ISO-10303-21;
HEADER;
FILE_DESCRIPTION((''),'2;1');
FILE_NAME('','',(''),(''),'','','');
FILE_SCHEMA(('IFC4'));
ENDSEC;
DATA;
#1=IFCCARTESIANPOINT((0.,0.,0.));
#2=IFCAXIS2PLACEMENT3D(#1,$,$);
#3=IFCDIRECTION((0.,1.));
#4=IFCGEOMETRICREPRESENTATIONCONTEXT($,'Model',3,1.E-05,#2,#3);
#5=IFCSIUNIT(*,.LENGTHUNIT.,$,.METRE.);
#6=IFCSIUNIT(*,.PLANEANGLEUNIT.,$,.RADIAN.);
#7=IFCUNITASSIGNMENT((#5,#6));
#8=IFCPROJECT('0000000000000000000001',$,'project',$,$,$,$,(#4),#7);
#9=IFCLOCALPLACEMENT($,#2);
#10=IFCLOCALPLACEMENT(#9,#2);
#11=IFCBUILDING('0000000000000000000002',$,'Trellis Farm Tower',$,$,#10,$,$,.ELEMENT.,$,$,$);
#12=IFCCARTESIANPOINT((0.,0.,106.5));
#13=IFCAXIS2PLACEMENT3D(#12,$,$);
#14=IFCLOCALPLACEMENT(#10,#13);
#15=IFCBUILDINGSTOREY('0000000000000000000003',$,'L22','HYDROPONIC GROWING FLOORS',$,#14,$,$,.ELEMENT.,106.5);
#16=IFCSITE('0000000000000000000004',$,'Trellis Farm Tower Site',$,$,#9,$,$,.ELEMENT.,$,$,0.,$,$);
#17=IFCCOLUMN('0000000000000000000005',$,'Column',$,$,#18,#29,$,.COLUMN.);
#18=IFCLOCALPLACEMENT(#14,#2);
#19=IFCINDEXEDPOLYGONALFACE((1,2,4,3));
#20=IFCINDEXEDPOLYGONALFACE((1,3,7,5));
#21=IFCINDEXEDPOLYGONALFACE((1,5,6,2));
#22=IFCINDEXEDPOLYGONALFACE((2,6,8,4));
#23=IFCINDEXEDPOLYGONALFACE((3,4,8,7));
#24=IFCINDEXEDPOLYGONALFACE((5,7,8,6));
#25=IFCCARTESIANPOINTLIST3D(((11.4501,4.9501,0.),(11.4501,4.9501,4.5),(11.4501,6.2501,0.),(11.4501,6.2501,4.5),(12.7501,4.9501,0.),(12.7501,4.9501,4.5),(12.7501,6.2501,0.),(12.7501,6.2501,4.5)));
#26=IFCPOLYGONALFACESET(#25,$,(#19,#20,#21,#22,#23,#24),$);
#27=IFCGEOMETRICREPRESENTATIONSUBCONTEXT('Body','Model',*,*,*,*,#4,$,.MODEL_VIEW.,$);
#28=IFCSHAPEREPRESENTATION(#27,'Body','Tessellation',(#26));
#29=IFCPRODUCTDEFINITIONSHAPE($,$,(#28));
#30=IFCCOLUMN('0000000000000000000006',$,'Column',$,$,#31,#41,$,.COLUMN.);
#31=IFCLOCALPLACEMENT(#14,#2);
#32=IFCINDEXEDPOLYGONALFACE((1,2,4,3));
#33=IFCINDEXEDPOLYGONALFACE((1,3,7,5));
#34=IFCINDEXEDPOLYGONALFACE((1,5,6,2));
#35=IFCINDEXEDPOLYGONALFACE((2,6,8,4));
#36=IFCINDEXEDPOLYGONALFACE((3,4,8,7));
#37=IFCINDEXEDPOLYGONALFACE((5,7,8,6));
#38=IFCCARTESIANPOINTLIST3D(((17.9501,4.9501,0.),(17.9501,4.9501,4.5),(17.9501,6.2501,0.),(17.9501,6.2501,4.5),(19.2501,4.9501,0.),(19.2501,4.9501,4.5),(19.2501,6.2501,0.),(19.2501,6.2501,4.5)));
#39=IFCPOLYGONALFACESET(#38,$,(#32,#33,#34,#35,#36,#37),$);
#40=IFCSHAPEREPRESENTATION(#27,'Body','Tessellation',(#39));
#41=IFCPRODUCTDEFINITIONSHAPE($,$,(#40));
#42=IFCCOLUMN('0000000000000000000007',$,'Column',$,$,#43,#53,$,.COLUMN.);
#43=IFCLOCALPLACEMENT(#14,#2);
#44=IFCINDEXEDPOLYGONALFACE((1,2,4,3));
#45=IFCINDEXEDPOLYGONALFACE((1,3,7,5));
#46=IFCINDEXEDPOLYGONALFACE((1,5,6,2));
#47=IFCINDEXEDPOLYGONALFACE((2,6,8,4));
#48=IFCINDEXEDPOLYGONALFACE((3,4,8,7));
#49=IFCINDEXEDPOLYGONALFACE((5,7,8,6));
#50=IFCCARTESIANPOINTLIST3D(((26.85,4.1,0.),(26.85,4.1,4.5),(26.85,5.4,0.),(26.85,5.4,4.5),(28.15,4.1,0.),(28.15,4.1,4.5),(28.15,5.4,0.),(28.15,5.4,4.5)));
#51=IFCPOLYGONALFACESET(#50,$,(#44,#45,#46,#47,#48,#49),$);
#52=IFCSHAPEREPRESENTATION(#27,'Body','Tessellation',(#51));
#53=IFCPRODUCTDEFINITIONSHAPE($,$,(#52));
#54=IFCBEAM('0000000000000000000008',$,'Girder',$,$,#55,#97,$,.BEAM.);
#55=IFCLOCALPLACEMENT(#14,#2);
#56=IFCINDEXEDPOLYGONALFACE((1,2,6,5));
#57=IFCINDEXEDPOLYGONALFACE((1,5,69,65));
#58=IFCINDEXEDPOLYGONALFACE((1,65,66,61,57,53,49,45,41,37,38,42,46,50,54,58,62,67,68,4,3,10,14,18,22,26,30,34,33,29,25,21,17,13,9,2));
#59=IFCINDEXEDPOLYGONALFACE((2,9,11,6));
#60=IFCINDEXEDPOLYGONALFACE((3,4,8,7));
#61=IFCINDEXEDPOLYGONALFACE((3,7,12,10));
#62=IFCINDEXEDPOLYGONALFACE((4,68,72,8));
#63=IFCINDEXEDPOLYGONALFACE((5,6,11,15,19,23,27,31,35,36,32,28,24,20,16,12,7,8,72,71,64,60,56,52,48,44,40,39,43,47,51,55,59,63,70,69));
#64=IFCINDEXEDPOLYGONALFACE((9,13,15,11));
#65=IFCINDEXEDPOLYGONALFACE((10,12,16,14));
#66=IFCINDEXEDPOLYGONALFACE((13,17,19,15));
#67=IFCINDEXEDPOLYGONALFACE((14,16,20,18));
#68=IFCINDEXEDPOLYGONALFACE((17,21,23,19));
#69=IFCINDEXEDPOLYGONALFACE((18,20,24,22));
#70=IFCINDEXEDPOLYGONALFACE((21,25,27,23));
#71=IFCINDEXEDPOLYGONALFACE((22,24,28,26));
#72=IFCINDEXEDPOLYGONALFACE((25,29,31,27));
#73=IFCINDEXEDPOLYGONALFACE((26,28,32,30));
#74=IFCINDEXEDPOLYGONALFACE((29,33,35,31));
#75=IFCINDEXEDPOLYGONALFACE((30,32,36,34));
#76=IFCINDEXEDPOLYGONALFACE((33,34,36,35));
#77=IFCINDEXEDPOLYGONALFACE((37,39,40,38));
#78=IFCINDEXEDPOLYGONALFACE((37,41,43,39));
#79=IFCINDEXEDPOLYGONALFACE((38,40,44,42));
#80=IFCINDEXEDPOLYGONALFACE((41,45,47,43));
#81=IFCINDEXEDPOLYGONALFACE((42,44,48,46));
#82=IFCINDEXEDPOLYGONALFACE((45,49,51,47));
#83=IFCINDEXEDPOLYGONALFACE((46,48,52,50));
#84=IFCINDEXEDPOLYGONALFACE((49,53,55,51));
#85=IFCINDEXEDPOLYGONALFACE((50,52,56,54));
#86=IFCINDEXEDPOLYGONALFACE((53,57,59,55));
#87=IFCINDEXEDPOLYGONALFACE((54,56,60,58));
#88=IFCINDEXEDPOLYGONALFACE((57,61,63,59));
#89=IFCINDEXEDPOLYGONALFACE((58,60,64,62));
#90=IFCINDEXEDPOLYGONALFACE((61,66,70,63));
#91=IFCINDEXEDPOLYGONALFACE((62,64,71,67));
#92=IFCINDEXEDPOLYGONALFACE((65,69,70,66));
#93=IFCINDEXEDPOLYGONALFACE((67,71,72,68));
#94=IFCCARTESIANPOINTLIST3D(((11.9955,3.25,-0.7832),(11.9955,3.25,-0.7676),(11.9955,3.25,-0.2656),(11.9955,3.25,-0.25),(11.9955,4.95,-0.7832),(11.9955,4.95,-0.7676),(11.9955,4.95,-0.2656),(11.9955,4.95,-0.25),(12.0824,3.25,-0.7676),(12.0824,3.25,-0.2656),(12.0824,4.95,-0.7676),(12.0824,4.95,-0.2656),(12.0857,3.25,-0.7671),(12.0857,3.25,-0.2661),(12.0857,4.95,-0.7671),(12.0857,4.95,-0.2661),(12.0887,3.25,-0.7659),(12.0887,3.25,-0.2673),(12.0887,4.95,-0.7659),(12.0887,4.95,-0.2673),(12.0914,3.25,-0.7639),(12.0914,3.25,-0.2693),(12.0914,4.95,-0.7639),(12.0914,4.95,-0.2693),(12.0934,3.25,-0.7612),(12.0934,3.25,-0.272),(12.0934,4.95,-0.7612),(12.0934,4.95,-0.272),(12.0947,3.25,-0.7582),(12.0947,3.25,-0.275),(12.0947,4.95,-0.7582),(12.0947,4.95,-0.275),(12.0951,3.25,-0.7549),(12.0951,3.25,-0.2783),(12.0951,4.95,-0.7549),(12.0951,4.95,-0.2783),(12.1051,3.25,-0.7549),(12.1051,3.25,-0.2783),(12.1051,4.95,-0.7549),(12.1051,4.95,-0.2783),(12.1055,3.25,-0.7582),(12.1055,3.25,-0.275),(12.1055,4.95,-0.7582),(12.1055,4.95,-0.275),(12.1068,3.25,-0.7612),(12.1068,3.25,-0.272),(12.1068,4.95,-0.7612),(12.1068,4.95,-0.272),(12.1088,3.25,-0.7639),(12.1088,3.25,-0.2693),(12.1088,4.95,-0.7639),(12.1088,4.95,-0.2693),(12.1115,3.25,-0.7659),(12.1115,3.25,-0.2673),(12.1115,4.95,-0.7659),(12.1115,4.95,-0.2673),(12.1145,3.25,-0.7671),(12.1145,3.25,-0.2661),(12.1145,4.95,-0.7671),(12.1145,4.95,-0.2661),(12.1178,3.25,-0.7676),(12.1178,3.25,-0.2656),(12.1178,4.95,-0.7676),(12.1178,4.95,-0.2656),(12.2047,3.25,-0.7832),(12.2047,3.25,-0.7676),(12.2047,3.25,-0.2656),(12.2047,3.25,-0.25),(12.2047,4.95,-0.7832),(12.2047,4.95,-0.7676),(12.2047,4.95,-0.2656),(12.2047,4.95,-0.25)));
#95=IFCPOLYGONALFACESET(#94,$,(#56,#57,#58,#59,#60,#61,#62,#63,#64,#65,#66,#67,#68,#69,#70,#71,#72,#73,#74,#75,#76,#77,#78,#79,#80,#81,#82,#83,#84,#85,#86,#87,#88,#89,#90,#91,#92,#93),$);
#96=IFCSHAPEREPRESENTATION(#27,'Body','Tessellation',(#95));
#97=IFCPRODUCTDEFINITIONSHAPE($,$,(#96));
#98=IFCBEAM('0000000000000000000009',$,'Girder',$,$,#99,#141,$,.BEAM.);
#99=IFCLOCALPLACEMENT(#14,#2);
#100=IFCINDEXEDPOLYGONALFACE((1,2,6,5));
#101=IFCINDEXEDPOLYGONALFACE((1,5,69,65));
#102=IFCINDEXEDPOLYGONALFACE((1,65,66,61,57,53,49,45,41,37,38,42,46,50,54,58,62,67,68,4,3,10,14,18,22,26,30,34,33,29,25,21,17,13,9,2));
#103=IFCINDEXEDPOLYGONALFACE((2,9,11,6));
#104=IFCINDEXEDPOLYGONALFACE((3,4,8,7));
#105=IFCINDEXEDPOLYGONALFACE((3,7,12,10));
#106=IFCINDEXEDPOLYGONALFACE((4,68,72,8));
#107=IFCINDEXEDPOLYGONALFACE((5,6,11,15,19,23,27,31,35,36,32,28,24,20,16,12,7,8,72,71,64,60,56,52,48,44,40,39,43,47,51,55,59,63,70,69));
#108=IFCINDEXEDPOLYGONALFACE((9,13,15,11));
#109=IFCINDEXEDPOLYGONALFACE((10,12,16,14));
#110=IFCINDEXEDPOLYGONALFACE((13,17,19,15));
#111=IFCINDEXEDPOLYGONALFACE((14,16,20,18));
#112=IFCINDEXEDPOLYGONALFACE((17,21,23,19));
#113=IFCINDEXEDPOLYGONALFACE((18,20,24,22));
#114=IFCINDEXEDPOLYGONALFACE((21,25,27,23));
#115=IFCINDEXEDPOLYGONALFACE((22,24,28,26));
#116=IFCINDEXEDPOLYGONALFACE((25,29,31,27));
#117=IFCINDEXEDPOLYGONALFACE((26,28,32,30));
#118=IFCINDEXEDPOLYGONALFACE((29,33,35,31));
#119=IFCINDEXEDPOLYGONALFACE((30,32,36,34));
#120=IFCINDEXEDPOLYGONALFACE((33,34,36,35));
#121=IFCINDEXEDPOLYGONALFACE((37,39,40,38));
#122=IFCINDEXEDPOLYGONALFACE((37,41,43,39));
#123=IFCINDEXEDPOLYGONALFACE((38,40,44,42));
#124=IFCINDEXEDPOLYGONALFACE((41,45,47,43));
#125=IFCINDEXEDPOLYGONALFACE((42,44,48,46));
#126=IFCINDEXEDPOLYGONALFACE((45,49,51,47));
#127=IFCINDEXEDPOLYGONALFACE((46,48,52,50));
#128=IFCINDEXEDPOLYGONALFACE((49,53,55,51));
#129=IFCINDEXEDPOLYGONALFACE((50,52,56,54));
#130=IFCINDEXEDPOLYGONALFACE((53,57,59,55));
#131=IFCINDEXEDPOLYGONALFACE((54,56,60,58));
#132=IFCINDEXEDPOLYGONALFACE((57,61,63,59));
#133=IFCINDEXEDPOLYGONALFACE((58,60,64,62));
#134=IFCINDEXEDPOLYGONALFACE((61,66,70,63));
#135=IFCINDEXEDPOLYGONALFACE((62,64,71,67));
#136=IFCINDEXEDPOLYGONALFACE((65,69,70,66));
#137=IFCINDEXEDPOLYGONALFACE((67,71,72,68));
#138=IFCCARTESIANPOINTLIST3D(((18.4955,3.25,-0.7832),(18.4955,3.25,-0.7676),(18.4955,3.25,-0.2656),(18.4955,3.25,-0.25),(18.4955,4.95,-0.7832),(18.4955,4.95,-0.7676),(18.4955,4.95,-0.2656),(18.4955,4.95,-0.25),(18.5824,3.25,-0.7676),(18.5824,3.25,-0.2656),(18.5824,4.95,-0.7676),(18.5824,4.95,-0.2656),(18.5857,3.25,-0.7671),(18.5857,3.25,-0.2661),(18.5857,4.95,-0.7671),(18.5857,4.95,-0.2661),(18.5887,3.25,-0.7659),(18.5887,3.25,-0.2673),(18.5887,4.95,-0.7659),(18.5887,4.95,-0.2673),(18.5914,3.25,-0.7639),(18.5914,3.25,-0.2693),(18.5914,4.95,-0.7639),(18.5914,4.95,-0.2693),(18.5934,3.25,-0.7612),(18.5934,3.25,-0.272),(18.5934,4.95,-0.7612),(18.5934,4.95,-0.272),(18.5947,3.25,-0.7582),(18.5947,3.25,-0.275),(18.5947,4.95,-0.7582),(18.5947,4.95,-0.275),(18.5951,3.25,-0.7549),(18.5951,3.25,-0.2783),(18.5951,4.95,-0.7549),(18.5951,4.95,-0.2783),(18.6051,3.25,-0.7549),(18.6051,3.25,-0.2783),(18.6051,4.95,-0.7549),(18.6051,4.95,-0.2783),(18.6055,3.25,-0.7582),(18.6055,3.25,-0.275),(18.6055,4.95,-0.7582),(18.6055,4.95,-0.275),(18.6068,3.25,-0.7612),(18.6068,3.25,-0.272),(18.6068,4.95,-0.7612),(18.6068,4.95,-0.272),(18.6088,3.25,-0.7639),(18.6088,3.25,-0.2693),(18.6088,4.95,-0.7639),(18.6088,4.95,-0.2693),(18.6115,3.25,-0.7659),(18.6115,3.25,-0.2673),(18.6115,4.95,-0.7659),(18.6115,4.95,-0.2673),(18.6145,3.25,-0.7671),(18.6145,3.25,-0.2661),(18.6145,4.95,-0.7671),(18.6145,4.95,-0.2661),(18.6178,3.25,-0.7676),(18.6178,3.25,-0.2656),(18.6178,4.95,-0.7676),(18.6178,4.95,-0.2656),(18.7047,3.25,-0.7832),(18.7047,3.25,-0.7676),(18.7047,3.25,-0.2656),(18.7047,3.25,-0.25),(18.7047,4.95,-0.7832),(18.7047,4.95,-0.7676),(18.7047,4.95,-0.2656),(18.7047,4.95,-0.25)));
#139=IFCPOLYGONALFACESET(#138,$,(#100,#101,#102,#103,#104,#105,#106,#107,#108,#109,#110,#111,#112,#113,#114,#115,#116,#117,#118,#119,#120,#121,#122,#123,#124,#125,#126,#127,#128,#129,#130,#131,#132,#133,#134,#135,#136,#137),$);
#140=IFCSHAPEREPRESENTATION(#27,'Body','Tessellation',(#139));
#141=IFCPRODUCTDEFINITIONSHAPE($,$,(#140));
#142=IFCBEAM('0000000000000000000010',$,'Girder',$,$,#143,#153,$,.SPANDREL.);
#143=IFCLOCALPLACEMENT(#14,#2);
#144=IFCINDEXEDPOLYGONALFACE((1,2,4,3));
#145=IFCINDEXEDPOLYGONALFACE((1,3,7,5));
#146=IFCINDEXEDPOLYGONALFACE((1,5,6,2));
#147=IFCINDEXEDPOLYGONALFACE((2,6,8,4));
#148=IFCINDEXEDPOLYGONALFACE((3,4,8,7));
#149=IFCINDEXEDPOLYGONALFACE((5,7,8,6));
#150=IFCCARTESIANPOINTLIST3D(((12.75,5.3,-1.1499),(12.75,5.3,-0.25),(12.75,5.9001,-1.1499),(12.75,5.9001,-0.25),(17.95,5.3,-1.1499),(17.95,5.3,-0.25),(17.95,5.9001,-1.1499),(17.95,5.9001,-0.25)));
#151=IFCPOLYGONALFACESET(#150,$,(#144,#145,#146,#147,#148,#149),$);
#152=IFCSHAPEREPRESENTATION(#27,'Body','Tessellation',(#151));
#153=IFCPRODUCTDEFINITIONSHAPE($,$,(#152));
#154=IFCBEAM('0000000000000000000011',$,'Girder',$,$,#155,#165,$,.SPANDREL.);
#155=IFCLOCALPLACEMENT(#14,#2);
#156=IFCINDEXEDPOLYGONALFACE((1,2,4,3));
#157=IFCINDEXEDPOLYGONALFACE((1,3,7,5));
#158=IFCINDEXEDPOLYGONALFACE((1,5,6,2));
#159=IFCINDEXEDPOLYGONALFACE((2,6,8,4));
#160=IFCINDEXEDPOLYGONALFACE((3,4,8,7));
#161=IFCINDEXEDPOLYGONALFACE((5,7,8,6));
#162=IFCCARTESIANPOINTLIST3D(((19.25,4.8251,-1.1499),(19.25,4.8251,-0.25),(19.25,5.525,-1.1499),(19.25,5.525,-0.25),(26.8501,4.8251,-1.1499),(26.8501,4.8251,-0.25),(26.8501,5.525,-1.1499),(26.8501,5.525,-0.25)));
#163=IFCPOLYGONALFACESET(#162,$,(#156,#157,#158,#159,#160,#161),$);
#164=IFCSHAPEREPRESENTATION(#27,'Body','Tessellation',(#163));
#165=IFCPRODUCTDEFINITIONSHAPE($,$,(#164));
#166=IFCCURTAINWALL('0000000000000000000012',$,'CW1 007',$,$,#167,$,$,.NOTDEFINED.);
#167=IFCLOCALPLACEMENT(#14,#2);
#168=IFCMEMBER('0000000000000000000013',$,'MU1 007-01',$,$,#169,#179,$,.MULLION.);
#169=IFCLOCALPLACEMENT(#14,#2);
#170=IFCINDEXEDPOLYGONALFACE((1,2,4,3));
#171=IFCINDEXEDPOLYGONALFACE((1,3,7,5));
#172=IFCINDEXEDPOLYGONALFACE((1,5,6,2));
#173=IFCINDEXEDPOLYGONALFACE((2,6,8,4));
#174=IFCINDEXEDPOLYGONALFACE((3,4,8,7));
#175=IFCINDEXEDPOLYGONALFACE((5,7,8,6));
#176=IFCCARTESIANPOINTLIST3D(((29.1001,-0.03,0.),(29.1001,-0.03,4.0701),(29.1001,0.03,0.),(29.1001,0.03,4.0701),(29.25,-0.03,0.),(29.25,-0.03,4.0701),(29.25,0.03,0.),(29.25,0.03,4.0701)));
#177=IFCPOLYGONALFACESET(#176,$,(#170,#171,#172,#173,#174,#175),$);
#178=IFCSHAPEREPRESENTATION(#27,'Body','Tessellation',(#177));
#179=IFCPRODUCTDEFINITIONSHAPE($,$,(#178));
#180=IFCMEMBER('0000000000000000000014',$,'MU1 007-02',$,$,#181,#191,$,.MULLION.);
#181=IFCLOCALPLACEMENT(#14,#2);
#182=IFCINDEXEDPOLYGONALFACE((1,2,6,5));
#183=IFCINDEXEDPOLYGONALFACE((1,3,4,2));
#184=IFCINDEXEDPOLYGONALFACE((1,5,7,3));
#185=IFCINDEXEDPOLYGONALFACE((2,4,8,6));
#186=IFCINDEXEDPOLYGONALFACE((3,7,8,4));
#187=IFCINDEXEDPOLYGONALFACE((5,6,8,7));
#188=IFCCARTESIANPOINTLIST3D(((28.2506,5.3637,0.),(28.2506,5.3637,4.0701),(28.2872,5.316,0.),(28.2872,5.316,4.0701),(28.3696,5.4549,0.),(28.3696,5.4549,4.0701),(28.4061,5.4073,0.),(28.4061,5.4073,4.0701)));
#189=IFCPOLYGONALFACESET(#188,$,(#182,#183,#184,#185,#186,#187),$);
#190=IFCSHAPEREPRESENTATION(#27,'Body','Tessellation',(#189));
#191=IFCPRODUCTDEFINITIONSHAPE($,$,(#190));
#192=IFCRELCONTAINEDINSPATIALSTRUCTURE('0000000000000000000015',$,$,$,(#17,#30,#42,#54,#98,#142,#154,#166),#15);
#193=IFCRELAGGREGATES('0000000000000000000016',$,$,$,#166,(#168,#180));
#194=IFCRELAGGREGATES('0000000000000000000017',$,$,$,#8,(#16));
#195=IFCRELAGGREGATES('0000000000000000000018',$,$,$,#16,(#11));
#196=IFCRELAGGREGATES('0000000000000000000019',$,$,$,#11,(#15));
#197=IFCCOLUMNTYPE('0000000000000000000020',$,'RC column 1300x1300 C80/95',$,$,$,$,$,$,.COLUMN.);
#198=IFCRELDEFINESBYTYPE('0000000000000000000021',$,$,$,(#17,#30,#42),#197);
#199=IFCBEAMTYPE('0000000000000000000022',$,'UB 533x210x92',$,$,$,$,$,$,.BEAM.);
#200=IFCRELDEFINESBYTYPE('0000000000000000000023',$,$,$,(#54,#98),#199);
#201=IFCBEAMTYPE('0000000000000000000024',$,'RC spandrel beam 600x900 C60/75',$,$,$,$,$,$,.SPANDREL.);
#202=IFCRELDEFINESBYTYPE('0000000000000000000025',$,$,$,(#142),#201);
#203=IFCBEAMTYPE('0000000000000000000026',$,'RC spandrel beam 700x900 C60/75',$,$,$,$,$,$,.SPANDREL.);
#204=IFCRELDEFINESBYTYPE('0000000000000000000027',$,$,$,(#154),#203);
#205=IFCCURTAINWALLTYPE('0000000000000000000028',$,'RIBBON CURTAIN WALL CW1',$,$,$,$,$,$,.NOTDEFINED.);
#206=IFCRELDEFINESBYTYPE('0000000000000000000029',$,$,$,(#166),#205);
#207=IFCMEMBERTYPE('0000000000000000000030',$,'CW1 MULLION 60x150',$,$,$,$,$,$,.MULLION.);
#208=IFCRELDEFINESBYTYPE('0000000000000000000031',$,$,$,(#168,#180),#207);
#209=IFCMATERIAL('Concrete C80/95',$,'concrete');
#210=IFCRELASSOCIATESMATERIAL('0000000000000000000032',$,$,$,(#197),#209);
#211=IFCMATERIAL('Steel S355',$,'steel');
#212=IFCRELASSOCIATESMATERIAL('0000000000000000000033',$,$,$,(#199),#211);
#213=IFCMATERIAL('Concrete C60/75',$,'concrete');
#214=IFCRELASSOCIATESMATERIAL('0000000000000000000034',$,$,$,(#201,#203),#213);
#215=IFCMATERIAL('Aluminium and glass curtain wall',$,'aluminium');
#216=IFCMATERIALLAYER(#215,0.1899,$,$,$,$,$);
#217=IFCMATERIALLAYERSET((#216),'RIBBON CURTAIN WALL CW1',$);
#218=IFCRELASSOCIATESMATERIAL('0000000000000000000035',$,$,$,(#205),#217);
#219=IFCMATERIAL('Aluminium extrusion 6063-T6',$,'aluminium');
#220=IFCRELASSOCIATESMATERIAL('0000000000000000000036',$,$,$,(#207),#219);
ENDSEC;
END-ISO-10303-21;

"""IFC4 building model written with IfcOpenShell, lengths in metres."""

from ifc_helpers import new_model, si_unit, direction, frame, origin, origin_2d, place, context, subcontext, project, spatial, rectangle, i_section, extrude, source, transform, mapped, material, layer, layer_set, material_profile, profile_set, type_object, element, aggregate, save


model = new_model("IFC4")

# Units and contexts
model_context = context("Model", 3, precision=1e-05, world=origin(), true_north=direction((0.0, 1.0)))
body_context = subcontext(model_context, "Body", "Model", "MODEL_VIEW")
ifc_project = project(units=[si_unit("LENGTHUNIT", "METRE"), si_unit("PLANEANGLEUNIT", "RADIAN")], contexts=[model_context])

# Site, building, storey
site_placement = place(None, origin())
site = spatial("IfcSite", under=ifc_project, at=site_placement, Name="Trellis Farm Tower Site", CompositionType="ELEMENT", RefElevation=0.0)
building_placement = place(site_placement, origin())
building = spatial("IfcBuilding", under=site, at=building_placement, Name="Trellis Farm Tower", CompositionType="ELEMENT")
storey_placement = place(building_placement, frame((0.0, 0.0, 106.5)))
storey = spatial("IfcBuildingStorey", under=building, at=storey_placement, Name="L22", Description="HYDROPONIC GROWING FLOORS", CompositionType="ELEMENT", Elevation=106.5)

# Columns
ifc_material_1 = material(Name="Concrete C80/95", Category="concrete")
ifc_material_profile_1 = material_profile(ifc_material_1, rectangle(XDim=1.3, YDim=1.3, at=origin_2d()), Name="RC column 1300x1300 C80/95")
ifc_profile_set_1 = profile_set([ifc_material_profile_1], Name="Concrete C80/95")
column_type = type_object("IfcColumnType", Name="RC column 1300x1300 C80/95", PredefinedType="COLUMN", material=ifc_profile_set_1)
shared_shape_1 = source(origin(), body_context, "Body", "SweptSolid", [
    extrude(rectangle(XDim=1.3, YDim=1.3, at=origin_2d()), origin(), (0.0, 0.0, 1.0), 4.5),
])
for number, where, z_axis, x_axis, name in (
    (1, (12.1001, 5.6001, 0.0), (0.0, 0.0, 1.0), (1.0, 0.0, 0.0), "Column"),
    (2, (18.6001, 5.6001, 0.0), (0.0, 0.0, 1.0), (1.0, 0.0, 0.0), "Column"),
    (3, (27.5, 4.75, 0.0), (0.0, 0.0, 1.0), (1.0, 0.0, 0.0), "Column"),
):
    element("IfcColumn", number, at=place(storey_placement, frame(where, z_axis=z_axis, x_axis=x_axis)), inside=storey, type_object=column_type, Name=name, PredefinedType="COLUMN", context=body_context, shape_type="MappedRepresentation", body=[
        mapped(shared_shape_1, transform((0.0, 0.0, 0.0))),
    ])

# Beams
ifc_material_2 = material(Name="Steel S355", Category="steel")
ifc_material_profile_2 = material_profile(ifc_material_2, i_section(OverallWidth=0.2092, OverallDepth=0.5332, WebThickness=0.01, FlangeThickness=0.0156, FilletRadius=0.0127, at=origin_2d()), Name="UB 533x210x92")
ifc_profile_set_2 = profile_set([ifc_material_profile_2], Name="Steel S355")
beam_type_1 = type_object("IfcBeamType", Name="UB 533x210x92", PredefinedType="BEAM", material=ifc_profile_set_2)
shared_shape_2 = source(origin(), body_context, "Body", "SweptSolid", [
    extrude(i_section(OverallWidth=0.2092, OverallDepth=0.5332, WebThickness=0.01, FlangeThickness=0.0156, FilletRadius=0.0127, at=origin_2d()), origin(), (0.0, 0.0, 1.0), 1.7),
])
for number, where, z_axis, x_axis, name in (
    (4, (12.1001, 3.25, -0.5166), (0.0, 1.0, 0.0), (-1.0, 0.0, 0.0), "Girder"),
    (5, (18.6001, 3.25, -0.5166), (0.0, 1.0, 0.0), (-1.0, 0.0, 0.0), "Girder"),
):
    element("IfcBeam", number, at=place(storey_placement, frame(where, z_axis=z_axis, x_axis=x_axis)), inside=storey, type_object=beam_type_1, Name=name, PredefinedType="BEAM", context=body_context, shape_type="MappedRepresentation", body=[
        mapped(shared_shape_2, transform((0.0, 0.0, 0.0))),
    ])
ifc_material_3 = material(Name="Concrete C60/75", Category="concrete")
ifc_material_profile_3 = material_profile(ifc_material_3, rectangle(XDim=0.6001, YDim=0.8999, at=origin_2d()), Name="RC spandrel beam 600x900 C60/75")
ifc_profile_set_3 = profile_set([ifc_material_profile_3], Name="Concrete C60/75")
beam_type_2 = type_object("IfcBeamType", Name="RC spandrel beam 600x900 C60/75", PredefinedType="SPANDREL", material=ifc_profile_set_3)
shared_shape_3 = source(origin(), body_context, "Body", "SweptSolid", [
    extrude(rectangle(XDim=0.6001, YDim=0.8999, at=origin_2d()), origin(), (0.0, 0.0, 1.0), 5.2),
])
beam_1_placement = place(storey_placement, frame((12.75, 5.6001, -0.7), z_axis=(1.0, 0.0, 0.0), x_axis=(0.0, 1.0, 0.0)))
element("IfcBeam", 6, at=beam_1_placement, inside=storey, type_object=beam_type_2, Name="Girder", PredefinedType="SPANDREL", context=body_context, shape_type="MappedRepresentation", body=[
    mapped(shared_shape_3, transform((0.0, 0.0, 0.0))),
])
ifc_material_profile_4 = material_profile(ifc_material_3, rectangle(XDim=0.7, YDim=0.8999, at=origin_2d()), Name="RC spandrel beam 700x900 C60/75")
ifc_profile_set_4 = profile_set([ifc_material_profile_4], Name="Concrete C60/75")
beam_type_3 = type_object("IfcBeamType", Name="RC spandrel beam 700x900 C60/75", PredefinedType="SPANDREL", material=ifc_profile_set_4)
shared_shape_4 = source(origin(), body_context, "Body", "SweptSolid", [
    extrude(rectangle(XDim=0.7, YDim=0.8999, at=origin_2d()), origin(), (0.0, 0.0, 1.0), 7.6001),
])
beam_2_placement = place(storey_placement, frame((19.25, 5.175, -0.7), z_axis=(1.0, 0.0, 0.0), x_axis=(0.0, 1.0, 0.0)))
element("IfcBeam", 7, at=beam_2_placement, inside=storey, type_object=beam_type_3, Name="Girder", PredefinedType="SPANDREL", context=body_context, shape_type="MappedRepresentation", body=[
    mapped(shared_shape_4, transform((0.0, 0.0, 0.0))),
])

# Curtain wall, members
ifc_material_4 = material(Name="Aluminium and glass curtain wall", Category="aluminium")
ifc_layer_1 = layer(ifc_material_4, 0.1899)
ifc_layer_set_1 = layer_set([ifc_layer_1], Name="RIBBON CURTAIN WALL CW1")
curtain_wall_type = type_object("IfcCurtainWallType", Name="RIBBON CURTAIN WALL CW1", PredefinedType="NOTDEFINED", material=ifc_layer_set_1)
placement = place(storey_placement, origin())
curtain_wall_1 = element("IfcCurtainWall", 8, at=placement, inside=storey, type_object=curtain_wall_type, Name="CW1 007", PredefinedType="NOTDEFINED")
ifc_material_5 = material(Name="Aluminium extrusion 6063-T6", Category="aluminium")
ifc_material_profile_5 = material_profile(ifc_material_5, rectangle(XDim=0.0601, YDim=0.1499, at=origin_2d()), Name="MULLION 60x150")
ifc_profile_set_5 = profile_set([ifc_material_profile_5], Name="Aluminium extrusion 6063-T6")
member_type = type_object("IfcMemberType", Name="CW1 MULLION 60x150", PredefinedType="MULLION", material=ifc_profile_set_5)
shared_shape_5 = source(origin(), body_context, "Body", "SweptSolid", [
    extrude(rectangle(XDim=0.0601, YDim=0.1499, at=origin_2d()), origin(), (0.0, 0.0, 1.0), 4.0701),
])
member_1_placement = place(storey_placement, frame((29.175, 0.0, 0.0), z_axis=(0.0, 0.0, 1.0), x_axis=(0.0, 1.0, 0.0)))
member_1 = element("IfcMember", 9, at=member_1_placement, type_object=member_type, Name="MU1 007-01", PredefinedType="MULLION", context=body_context, shape_type="MappedRepresentation", body=[
    mapped(shared_shape_5, transform((0.0, 0.0, 0.0))),
])
member_2_placement = place(storey_placement, frame((28.3284, 5.3855, 0.0), z_axis=(0.0, 0.0, 1.0), x_axis=(-0.608761, 0.793353, 0.0)))
member_2 = element("IfcMember", 10, at=member_2_placement, type_object=member_type, Name="MU1 007-02", PredefinedType="MULLION", context=body_context, shape_type="MappedRepresentation", body=[
    mapped(shared_shape_5, transform((0.0, 0.0, 0.0))),
])
aggregate(curtain_wall_1, [member_1, member_2])

save(model, "model.ifc")
